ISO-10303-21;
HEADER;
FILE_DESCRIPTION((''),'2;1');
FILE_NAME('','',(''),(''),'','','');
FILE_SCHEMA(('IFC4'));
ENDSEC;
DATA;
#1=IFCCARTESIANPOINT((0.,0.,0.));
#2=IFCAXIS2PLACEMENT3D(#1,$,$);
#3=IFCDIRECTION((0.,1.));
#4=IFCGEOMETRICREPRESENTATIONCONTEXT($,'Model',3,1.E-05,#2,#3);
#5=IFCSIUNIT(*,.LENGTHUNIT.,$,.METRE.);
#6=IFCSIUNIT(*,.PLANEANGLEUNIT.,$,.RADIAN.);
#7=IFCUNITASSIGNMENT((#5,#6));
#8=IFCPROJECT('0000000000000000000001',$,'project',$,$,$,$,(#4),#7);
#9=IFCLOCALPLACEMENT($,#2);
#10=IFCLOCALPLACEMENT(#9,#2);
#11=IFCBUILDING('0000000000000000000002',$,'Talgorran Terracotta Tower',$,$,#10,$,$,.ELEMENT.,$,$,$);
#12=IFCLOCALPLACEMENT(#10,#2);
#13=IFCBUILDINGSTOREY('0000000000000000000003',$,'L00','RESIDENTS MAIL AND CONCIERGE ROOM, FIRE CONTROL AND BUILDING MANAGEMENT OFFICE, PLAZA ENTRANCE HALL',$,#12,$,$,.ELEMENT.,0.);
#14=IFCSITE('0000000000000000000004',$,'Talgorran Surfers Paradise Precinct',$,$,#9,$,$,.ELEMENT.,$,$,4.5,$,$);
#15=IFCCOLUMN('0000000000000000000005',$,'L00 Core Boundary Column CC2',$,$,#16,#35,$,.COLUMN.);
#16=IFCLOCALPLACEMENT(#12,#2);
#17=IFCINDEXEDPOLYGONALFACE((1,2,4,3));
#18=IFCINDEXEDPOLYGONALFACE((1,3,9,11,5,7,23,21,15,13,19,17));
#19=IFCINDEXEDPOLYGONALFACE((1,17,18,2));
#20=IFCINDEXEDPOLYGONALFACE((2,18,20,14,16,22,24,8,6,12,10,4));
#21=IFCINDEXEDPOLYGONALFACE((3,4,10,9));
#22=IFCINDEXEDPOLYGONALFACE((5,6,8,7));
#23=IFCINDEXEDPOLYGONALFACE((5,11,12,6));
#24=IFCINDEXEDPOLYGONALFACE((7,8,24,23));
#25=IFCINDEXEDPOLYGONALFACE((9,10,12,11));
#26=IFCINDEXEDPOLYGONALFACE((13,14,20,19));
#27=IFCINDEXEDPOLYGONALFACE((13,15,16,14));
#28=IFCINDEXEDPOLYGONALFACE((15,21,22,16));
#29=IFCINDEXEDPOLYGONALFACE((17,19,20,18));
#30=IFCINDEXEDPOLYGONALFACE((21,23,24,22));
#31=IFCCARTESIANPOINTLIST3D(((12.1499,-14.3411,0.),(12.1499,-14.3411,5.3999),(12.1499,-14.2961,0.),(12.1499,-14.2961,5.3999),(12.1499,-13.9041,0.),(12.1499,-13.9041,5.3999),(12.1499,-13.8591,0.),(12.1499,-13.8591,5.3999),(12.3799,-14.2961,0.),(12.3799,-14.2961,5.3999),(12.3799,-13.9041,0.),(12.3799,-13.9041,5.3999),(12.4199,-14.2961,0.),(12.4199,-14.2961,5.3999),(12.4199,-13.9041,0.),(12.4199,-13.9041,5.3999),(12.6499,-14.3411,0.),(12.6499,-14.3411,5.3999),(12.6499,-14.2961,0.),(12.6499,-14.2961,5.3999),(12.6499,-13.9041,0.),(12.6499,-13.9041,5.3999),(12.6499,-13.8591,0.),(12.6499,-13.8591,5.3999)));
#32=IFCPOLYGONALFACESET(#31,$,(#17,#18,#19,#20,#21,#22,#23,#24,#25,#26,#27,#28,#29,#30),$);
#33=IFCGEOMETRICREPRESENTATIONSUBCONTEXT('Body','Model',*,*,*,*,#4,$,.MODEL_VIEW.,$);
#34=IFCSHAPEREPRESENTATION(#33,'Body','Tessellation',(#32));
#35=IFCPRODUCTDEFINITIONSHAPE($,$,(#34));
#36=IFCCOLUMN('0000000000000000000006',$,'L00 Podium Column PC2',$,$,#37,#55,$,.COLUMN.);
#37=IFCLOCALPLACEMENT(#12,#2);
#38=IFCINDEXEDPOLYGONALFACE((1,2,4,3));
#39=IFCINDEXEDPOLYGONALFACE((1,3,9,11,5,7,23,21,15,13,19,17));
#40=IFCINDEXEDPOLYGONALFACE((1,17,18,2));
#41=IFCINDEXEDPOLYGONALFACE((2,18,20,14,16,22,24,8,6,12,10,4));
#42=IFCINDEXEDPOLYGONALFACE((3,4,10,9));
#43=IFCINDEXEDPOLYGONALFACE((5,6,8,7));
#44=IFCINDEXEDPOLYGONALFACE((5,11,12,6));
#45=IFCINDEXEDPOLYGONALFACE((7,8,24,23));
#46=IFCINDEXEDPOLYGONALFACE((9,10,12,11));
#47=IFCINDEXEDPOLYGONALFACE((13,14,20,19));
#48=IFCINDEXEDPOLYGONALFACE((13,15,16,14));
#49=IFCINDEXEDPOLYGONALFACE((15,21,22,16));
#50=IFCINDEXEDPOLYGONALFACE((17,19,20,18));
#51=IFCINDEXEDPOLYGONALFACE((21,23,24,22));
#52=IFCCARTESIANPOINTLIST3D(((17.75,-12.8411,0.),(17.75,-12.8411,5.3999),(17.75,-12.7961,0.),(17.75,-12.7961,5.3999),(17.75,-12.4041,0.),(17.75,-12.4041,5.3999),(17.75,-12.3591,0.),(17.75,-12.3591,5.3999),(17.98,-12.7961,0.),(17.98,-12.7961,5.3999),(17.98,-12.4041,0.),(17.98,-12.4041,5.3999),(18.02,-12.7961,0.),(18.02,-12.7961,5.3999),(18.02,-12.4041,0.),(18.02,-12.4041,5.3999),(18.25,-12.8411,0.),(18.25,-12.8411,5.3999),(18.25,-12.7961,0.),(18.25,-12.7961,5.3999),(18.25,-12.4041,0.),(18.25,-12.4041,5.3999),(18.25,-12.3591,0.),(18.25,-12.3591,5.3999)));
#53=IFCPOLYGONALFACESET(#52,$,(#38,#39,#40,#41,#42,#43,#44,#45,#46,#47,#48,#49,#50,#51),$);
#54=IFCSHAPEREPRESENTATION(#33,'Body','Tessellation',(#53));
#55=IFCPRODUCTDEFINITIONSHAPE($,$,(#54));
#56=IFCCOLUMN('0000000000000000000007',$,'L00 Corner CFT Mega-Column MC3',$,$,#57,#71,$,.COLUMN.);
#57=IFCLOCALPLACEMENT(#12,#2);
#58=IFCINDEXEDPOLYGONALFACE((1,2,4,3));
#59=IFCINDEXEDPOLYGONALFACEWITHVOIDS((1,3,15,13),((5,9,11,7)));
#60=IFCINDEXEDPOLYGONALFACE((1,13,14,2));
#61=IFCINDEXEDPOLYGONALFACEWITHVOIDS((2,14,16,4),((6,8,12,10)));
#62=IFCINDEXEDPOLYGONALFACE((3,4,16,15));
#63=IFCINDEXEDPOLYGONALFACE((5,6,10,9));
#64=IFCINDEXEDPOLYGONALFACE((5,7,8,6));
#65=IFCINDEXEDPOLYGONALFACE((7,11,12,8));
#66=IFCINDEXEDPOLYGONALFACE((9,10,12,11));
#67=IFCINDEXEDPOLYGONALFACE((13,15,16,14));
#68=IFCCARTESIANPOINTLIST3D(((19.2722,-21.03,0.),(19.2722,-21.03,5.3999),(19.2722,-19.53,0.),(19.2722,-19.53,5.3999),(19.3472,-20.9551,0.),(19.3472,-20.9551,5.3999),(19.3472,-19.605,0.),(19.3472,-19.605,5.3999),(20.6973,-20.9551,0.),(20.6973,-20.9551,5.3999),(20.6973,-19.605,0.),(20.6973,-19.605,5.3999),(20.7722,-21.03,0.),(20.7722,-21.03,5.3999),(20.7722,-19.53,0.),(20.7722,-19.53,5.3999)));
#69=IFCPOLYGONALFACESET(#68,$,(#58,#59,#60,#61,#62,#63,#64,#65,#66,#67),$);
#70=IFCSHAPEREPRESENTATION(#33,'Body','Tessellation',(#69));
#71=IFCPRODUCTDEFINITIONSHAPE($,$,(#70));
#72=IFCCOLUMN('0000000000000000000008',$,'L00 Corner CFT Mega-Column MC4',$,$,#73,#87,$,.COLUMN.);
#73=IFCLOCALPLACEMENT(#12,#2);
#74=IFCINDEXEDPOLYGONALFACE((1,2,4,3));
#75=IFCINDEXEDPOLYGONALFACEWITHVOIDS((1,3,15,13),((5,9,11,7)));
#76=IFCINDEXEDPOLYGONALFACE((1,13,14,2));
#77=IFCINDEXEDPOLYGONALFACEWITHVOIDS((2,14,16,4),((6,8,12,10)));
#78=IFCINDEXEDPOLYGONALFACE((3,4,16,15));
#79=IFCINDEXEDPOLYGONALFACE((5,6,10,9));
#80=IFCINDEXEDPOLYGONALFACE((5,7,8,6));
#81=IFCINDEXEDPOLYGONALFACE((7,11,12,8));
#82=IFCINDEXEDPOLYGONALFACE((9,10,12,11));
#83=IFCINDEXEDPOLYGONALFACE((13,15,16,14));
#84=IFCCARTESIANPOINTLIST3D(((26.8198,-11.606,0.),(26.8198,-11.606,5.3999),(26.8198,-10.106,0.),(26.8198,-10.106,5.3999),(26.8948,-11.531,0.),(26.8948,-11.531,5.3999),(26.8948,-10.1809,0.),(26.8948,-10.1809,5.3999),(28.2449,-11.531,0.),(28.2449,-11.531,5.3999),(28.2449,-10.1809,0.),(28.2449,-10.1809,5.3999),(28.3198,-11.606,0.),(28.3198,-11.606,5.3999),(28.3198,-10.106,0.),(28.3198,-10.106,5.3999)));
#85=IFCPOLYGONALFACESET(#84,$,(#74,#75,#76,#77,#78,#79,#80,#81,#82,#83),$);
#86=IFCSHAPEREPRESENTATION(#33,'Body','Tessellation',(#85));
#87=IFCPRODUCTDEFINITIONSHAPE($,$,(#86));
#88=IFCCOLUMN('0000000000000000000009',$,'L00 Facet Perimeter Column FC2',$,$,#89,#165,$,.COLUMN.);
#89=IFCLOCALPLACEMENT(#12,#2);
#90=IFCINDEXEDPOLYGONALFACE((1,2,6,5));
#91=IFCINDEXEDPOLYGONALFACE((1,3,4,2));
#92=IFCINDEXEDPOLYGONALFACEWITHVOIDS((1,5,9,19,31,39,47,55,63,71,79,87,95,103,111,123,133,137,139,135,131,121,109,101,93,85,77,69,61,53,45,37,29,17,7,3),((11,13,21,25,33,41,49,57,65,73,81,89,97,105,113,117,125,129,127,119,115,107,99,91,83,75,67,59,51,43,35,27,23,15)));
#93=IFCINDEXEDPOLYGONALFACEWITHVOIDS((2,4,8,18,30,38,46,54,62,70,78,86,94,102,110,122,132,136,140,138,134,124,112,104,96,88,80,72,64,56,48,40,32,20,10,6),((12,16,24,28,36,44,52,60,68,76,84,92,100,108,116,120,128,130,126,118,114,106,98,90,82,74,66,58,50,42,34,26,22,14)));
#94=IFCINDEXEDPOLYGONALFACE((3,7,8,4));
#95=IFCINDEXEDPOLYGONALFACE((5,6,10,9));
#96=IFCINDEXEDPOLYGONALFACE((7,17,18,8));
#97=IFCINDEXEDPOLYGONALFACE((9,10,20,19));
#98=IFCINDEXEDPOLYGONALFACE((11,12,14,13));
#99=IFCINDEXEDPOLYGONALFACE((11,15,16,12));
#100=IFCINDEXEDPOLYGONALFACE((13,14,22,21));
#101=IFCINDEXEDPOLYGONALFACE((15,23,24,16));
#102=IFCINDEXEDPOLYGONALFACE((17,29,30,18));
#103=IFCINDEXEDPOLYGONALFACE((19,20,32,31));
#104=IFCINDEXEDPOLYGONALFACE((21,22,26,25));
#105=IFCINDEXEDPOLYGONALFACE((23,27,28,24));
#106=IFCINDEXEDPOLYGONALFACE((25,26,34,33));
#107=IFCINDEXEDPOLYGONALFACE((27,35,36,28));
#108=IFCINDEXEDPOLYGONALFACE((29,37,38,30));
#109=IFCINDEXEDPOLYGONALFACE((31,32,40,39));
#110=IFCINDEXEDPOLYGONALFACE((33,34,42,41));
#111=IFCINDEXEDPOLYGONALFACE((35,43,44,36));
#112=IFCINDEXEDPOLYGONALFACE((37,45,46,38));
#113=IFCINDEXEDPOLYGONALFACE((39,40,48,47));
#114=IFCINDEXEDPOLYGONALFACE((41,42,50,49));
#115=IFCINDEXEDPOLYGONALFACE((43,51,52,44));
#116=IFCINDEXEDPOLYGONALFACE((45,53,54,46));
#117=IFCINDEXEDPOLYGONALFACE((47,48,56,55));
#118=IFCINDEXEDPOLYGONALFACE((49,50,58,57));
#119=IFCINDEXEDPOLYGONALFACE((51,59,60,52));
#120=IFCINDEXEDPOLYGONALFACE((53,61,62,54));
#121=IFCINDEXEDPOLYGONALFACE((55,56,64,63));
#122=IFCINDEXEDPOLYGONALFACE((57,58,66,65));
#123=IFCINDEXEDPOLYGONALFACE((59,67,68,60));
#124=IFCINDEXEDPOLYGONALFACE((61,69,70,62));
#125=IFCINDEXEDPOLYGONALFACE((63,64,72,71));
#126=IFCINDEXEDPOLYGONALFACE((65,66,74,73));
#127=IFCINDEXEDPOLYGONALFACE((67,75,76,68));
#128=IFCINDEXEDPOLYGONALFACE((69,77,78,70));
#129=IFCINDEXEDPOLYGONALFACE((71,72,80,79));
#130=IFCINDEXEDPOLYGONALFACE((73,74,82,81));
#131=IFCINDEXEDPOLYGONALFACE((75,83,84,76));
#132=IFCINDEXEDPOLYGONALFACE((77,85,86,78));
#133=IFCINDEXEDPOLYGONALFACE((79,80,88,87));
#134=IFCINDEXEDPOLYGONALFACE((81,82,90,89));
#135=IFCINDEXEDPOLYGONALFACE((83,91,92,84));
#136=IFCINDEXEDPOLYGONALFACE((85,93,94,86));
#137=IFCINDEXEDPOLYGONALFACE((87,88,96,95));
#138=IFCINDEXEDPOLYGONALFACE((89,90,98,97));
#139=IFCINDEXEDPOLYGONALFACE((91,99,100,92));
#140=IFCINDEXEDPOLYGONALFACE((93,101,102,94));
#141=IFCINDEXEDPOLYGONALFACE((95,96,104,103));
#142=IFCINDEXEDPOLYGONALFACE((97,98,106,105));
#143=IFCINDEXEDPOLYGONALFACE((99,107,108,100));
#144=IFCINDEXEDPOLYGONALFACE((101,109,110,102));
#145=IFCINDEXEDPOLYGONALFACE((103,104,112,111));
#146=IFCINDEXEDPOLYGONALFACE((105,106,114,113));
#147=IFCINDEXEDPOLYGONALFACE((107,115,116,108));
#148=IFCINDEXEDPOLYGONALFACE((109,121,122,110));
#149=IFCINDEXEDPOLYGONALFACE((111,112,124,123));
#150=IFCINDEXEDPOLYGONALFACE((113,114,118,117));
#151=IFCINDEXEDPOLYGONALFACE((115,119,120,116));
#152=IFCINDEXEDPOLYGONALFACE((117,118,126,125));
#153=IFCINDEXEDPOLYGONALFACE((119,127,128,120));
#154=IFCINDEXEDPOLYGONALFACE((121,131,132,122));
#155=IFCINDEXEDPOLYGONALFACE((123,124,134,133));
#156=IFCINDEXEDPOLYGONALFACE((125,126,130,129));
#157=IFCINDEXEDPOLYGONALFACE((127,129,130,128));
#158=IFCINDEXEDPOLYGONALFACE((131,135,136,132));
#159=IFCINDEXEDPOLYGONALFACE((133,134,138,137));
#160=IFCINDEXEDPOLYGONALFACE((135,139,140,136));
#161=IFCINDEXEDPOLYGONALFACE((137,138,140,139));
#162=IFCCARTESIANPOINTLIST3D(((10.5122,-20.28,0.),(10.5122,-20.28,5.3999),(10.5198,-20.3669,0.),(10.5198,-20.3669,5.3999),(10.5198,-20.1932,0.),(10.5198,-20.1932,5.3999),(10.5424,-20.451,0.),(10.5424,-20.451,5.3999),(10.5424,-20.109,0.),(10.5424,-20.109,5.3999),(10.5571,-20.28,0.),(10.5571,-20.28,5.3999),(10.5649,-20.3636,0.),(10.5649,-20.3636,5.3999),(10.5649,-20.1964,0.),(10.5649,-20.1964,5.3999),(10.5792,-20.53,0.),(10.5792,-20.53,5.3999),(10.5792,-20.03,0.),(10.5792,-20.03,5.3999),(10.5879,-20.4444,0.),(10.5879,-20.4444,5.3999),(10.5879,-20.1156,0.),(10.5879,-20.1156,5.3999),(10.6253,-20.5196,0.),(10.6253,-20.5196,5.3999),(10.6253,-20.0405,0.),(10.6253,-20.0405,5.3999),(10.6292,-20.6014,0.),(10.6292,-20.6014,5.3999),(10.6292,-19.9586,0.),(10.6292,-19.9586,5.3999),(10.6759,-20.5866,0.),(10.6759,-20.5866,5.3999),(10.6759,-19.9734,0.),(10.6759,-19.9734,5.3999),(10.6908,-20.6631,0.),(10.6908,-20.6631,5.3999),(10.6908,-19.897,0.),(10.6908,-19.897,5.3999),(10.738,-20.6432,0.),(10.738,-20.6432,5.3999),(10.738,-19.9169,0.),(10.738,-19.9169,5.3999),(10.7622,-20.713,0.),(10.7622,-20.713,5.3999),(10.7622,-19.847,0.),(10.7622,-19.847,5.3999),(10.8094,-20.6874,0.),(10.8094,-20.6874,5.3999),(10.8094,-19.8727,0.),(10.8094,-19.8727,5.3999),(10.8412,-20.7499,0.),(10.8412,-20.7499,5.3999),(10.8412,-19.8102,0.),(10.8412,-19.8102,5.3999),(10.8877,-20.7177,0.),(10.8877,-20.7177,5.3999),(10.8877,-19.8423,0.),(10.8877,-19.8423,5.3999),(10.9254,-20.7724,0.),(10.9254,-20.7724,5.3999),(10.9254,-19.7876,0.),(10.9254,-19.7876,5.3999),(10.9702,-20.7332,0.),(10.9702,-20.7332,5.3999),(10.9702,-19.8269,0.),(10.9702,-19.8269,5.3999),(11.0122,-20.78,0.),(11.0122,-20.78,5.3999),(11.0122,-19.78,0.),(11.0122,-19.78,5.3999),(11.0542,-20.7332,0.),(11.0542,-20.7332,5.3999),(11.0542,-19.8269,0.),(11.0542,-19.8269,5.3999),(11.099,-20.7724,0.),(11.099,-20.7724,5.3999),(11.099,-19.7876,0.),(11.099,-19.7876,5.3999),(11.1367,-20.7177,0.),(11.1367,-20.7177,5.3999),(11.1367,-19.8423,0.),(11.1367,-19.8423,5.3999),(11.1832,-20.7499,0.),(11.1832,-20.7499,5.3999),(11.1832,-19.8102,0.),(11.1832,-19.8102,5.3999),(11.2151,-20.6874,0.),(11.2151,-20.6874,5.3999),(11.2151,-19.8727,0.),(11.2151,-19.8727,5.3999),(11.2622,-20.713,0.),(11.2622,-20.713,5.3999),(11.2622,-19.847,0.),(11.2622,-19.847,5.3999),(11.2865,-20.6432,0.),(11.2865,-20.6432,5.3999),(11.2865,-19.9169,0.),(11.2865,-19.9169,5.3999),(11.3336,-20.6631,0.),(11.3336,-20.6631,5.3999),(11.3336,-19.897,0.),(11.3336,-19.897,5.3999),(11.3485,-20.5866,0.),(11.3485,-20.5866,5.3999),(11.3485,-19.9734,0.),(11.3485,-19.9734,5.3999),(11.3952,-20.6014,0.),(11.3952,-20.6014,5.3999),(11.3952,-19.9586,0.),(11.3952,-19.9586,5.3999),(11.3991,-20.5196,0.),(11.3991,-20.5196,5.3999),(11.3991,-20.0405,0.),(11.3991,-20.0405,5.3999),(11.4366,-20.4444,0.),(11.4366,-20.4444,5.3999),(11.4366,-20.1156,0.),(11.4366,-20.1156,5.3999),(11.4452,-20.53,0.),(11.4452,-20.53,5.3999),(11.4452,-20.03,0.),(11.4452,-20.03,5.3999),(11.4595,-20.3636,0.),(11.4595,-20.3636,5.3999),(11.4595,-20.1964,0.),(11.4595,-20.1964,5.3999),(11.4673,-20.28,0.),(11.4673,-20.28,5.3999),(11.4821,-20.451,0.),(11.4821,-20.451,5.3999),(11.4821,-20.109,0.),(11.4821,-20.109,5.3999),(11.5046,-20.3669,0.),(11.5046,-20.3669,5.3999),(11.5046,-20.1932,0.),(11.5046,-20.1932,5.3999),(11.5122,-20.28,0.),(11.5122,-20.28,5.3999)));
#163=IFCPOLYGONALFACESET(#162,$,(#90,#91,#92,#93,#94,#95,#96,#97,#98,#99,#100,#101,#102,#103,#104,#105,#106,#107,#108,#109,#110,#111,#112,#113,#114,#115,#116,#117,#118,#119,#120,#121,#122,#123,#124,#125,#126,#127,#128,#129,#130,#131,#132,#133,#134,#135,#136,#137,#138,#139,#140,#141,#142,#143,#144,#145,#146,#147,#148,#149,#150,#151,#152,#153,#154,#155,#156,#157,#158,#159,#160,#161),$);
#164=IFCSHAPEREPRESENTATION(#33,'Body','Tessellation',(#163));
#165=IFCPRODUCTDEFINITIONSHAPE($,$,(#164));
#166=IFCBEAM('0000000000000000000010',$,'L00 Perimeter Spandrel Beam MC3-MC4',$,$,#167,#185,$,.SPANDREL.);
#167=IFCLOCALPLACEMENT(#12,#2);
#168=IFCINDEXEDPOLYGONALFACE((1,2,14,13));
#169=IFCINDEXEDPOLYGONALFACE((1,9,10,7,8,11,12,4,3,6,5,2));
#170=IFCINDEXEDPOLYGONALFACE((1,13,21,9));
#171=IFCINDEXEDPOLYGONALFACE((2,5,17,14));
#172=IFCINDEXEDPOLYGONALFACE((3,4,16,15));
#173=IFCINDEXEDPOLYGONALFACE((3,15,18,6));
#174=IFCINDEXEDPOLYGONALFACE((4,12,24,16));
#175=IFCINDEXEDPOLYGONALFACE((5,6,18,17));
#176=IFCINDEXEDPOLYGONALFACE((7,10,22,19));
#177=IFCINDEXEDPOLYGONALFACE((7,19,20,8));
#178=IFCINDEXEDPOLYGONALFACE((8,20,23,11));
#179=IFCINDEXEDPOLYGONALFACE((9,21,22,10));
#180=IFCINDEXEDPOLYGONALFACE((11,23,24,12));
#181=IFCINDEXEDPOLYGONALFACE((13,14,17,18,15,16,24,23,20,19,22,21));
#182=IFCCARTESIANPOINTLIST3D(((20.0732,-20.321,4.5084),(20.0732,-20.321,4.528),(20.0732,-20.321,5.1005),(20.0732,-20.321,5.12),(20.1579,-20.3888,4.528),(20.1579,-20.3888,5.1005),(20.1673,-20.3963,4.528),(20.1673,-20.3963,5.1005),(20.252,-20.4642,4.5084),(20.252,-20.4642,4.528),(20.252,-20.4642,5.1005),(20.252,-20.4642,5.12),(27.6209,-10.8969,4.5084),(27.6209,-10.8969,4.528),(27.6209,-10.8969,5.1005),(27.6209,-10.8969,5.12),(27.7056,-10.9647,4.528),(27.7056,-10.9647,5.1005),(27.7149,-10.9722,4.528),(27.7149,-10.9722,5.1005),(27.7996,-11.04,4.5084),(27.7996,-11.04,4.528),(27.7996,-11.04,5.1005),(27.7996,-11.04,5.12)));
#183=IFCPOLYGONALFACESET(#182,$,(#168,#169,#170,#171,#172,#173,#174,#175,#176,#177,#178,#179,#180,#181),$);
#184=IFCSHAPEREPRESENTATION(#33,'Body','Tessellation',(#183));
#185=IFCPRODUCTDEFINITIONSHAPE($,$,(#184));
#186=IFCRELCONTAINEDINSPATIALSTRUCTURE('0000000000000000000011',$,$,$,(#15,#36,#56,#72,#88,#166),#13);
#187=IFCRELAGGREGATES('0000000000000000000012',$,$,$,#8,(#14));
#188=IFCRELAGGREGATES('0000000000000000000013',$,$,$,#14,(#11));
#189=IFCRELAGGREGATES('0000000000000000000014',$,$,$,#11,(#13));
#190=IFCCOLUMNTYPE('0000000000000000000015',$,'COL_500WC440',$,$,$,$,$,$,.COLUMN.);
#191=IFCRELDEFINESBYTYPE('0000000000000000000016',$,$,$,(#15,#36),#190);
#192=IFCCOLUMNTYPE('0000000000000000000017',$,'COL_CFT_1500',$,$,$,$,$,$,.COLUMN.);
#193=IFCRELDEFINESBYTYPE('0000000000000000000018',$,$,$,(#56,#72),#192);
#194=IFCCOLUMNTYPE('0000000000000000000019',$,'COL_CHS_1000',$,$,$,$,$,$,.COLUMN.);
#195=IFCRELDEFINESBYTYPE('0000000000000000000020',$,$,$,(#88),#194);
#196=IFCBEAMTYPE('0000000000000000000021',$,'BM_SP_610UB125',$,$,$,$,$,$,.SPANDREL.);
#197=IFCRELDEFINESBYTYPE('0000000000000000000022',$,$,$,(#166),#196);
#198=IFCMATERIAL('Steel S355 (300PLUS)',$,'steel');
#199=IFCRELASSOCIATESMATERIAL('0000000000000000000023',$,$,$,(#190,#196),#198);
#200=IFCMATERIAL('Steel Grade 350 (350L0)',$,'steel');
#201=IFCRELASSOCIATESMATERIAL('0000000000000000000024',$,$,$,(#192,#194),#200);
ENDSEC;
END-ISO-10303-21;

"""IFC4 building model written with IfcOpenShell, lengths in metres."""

from ifc_helpers import new_model, si_unit, direction, frame, origin, origin_2d, place, context, subcontext, project, spatial, hollow_rectangle, hollow_circle, i_section, extrude, material, material_profile, profile_set, type_object, element, save


model = new_model("IFC4")

# Units and contexts
model_context = context("Model", 3, precision=1e-05, world=origin(), true_north=direction((0.0, 1.0)))
body_context = subcontext(model_context, "Body", "Model", "MODEL_VIEW")
ifc_project = project(units=[si_unit("LENGTHUNIT", "METRE"), si_unit("PLANEANGLEUNIT", "RADIAN")], contexts=[model_context])

# Site, building, storey
site_placement = place(None, origin())
site = spatial("IfcSite", under=ifc_project, at=site_placement, Name="Talgorran Surfers Paradise Precinct", CompositionType="ELEMENT", RefElevation=4.5)
building_placement = place(site_placement, origin())
building = spatial("IfcBuilding", under=site, at=building_placement, Name="Talgorran Terracotta Tower", CompositionType="ELEMENT")
storey_placement = place(building_placement, origin())
storey = spatial("IfcBuildingStorey", under=building, at=storey_placement, Name="L00", Description="RESIDENTS MAIL AND CONCIERGE ROOM, FIRE CONTROL AND BUILDING MANAGEMENT OFFICE, PLAZA ENTRANCE HALL", CompositionType="ELEMENT", Elevation=0.0)

# Columns
ifc_material_1 = material(Name="Steel S355 (300PLUS)", Category="steel")
ifc_material_profile_1 = material_profile(ifc_material_1, i_section(OverallWidth=0.5, OverallDepth=0.4819, WebThickness=0.04, FlangeThickness=0.0449, at=origin_2d()), Name="500WC440")
ifc_profile_set_1 = profile_set([ifc_material_profile_1], Name="Steel S355 (300PLUS)")
column_type_1 = type_object("IfcColumnType", Name="COL_500WC440", PredefinedType="COLUMN", material=ifc_profile_set_1)
for number, where, z_axis, x_axis, name in (
    (1, (12.3999, -14.1001, 0.0), (0.0, 0.0, 1.0), (1.0, 0.0, 0.0), "L00 Core Boundary Column CC2"),
    (2, (18.0, -12.6001, 0.0), (0.0, 0.0, 1.0), (1.0, 0.0, 0.0), "L00 Podium Column PC2"),
):
    element("IfcColumn", number, at=place(storey_placement, frame(where, z_axis=z_axis, x_axis=x_axis)), inside=storey, type_object=column_type_1, Name=name, PredefinedType="COLUMN", context=body_context, shape_type="SweptSolid", body=[
        extrude(i_section(OverallWidth=0.5, OverallDepth=0.4819, WebThickness=0.04, FlangeThickness=0.0449, at=origin_2d()), origin(), (0.0, 0.0, 1.0), 5.3999),
    ])
ifc_material_2 = material(Name="Steel Grade 350 (350L0)", Category="steel")
ifc_material_profile_2 = material_profile(ifc_material_2, hollow_rectangle(XDim=1.5, YDim=1.5, WallThickness=0.075, at=origin_2d()), Name="CFT1500X1500X75")
ifc_profile_set_2 = profile_set([ifc_material_profile_2], Name="Steel Grade 350 (350L0)")
column_type_2 = type_object("IfcColumnType", Name="COL_CFT_1500", PredefinedType="COLUMN", material=ifc_profile_set_2)
for number, where, z_axis, x_axis, name in (
    (3, (20.0222, -20.28, 0.0), (0.0, 0.0, 1.0), (1.0, 0.0, 0.0), "L00 Corner CFT Mega-Column MC3"),
    (4, (27.5698, -10.856, 0.0), (0.0, 0.0, 1.0), (1.0, 0.0, 0.0), "L00 Corner CFT Mega-Column MC4"),
):
    element("IfcColumn", number, at=place(storey_placement, frame(where, z_axis=z_axis, x_axis=x_axis)), inside=storey, type_object=column_type_2, Name=name, PredefinedType="COLUMN", context=body_context, shape_type="SweptSolid", body=[
        extrude(hollow_rectangle(XDim=1.5, YDim=1.5, WallThickness=0.075, at=origin_2d()), origin(), (0.0, 0.0, 1.0), 5.3999),
    ])
ifc_material_profile_3 = material_profile(ifc_material_2, hollow_circle(Radius=0.5, WallThickness=0.0449, at=origin_2d()), Name="CHS1000X45")
ifc_profile_set_3 = profile_set([ifc_material_profile_3], Name="Steel Grade 350 (350L0)")
column_type_3 = type_object("IfcColumnType", Name="COL_CHS_1000", PredefinedType="COLUMN", material=ifc_profile_set_3)
column_placement = place(storey_placement, frame((11.0122, -20.28, 0.0), z_axis=(0.0, 0.0, 1.0), x_axis=(1.0, 0.0, 0.0)))
element("IfcColumn", 5, at=column_placement, inside=storey, type_object=column_type_3, Name="L00 Facet Perimeter Column FC2", PredefinedType="COLUMN", context=body_context, shape_type="SweptSolid", body=[
    extrude(hollow_circle(Radius=0.5, WallThickness=0.0449, at=origin_2d()), origin(), (0.0, 0.0, 1.0), 5.3999),
])

# Beam
ifc_material_profile_4 = material_profile(ifc_material_1, i_section(OverallWidth=0.229, OverallDepth=0.6116, WebThickness=0.012, FlangeThickness=0.0195, at=origin_2d()), Name="610UB125")
ifc_profile_set_4 = profile_set([ifc_material_profile_4], Name="Steel S355 (300PLUS)")
beam_type = type_object("IfcBeamType", Name="BM_SP_610UB125", PredefinedType="SPANDREL", material=ifc_profile_set_4)
beam_1_placement = place(storey_placement, frame((20.1626, -20.3926, 4.8142), z_axis=(0.625117, 0.780531, 0.0), x_axis=(-0.780531, 0.625117, 0.0)))
element("IfcBeam", 6, at=beam_1_placement, inside=storey, type_object=beam_type, Name="L00 Perimeter Spandrel Beam MC3-MC4", PredefinedType="SPANDREL", context=body_context, shape_type="SweptSolid", body=[
    extrude(i_section(OverallWidth=0.229, OverallDepth=0.6116, WebThickness=0.012, FlangeThickness=0.0195, at=origin_2d()), origin(), (0.0, 0.0, 1.0), 12.074),
])

save(model, "model.ifc")
